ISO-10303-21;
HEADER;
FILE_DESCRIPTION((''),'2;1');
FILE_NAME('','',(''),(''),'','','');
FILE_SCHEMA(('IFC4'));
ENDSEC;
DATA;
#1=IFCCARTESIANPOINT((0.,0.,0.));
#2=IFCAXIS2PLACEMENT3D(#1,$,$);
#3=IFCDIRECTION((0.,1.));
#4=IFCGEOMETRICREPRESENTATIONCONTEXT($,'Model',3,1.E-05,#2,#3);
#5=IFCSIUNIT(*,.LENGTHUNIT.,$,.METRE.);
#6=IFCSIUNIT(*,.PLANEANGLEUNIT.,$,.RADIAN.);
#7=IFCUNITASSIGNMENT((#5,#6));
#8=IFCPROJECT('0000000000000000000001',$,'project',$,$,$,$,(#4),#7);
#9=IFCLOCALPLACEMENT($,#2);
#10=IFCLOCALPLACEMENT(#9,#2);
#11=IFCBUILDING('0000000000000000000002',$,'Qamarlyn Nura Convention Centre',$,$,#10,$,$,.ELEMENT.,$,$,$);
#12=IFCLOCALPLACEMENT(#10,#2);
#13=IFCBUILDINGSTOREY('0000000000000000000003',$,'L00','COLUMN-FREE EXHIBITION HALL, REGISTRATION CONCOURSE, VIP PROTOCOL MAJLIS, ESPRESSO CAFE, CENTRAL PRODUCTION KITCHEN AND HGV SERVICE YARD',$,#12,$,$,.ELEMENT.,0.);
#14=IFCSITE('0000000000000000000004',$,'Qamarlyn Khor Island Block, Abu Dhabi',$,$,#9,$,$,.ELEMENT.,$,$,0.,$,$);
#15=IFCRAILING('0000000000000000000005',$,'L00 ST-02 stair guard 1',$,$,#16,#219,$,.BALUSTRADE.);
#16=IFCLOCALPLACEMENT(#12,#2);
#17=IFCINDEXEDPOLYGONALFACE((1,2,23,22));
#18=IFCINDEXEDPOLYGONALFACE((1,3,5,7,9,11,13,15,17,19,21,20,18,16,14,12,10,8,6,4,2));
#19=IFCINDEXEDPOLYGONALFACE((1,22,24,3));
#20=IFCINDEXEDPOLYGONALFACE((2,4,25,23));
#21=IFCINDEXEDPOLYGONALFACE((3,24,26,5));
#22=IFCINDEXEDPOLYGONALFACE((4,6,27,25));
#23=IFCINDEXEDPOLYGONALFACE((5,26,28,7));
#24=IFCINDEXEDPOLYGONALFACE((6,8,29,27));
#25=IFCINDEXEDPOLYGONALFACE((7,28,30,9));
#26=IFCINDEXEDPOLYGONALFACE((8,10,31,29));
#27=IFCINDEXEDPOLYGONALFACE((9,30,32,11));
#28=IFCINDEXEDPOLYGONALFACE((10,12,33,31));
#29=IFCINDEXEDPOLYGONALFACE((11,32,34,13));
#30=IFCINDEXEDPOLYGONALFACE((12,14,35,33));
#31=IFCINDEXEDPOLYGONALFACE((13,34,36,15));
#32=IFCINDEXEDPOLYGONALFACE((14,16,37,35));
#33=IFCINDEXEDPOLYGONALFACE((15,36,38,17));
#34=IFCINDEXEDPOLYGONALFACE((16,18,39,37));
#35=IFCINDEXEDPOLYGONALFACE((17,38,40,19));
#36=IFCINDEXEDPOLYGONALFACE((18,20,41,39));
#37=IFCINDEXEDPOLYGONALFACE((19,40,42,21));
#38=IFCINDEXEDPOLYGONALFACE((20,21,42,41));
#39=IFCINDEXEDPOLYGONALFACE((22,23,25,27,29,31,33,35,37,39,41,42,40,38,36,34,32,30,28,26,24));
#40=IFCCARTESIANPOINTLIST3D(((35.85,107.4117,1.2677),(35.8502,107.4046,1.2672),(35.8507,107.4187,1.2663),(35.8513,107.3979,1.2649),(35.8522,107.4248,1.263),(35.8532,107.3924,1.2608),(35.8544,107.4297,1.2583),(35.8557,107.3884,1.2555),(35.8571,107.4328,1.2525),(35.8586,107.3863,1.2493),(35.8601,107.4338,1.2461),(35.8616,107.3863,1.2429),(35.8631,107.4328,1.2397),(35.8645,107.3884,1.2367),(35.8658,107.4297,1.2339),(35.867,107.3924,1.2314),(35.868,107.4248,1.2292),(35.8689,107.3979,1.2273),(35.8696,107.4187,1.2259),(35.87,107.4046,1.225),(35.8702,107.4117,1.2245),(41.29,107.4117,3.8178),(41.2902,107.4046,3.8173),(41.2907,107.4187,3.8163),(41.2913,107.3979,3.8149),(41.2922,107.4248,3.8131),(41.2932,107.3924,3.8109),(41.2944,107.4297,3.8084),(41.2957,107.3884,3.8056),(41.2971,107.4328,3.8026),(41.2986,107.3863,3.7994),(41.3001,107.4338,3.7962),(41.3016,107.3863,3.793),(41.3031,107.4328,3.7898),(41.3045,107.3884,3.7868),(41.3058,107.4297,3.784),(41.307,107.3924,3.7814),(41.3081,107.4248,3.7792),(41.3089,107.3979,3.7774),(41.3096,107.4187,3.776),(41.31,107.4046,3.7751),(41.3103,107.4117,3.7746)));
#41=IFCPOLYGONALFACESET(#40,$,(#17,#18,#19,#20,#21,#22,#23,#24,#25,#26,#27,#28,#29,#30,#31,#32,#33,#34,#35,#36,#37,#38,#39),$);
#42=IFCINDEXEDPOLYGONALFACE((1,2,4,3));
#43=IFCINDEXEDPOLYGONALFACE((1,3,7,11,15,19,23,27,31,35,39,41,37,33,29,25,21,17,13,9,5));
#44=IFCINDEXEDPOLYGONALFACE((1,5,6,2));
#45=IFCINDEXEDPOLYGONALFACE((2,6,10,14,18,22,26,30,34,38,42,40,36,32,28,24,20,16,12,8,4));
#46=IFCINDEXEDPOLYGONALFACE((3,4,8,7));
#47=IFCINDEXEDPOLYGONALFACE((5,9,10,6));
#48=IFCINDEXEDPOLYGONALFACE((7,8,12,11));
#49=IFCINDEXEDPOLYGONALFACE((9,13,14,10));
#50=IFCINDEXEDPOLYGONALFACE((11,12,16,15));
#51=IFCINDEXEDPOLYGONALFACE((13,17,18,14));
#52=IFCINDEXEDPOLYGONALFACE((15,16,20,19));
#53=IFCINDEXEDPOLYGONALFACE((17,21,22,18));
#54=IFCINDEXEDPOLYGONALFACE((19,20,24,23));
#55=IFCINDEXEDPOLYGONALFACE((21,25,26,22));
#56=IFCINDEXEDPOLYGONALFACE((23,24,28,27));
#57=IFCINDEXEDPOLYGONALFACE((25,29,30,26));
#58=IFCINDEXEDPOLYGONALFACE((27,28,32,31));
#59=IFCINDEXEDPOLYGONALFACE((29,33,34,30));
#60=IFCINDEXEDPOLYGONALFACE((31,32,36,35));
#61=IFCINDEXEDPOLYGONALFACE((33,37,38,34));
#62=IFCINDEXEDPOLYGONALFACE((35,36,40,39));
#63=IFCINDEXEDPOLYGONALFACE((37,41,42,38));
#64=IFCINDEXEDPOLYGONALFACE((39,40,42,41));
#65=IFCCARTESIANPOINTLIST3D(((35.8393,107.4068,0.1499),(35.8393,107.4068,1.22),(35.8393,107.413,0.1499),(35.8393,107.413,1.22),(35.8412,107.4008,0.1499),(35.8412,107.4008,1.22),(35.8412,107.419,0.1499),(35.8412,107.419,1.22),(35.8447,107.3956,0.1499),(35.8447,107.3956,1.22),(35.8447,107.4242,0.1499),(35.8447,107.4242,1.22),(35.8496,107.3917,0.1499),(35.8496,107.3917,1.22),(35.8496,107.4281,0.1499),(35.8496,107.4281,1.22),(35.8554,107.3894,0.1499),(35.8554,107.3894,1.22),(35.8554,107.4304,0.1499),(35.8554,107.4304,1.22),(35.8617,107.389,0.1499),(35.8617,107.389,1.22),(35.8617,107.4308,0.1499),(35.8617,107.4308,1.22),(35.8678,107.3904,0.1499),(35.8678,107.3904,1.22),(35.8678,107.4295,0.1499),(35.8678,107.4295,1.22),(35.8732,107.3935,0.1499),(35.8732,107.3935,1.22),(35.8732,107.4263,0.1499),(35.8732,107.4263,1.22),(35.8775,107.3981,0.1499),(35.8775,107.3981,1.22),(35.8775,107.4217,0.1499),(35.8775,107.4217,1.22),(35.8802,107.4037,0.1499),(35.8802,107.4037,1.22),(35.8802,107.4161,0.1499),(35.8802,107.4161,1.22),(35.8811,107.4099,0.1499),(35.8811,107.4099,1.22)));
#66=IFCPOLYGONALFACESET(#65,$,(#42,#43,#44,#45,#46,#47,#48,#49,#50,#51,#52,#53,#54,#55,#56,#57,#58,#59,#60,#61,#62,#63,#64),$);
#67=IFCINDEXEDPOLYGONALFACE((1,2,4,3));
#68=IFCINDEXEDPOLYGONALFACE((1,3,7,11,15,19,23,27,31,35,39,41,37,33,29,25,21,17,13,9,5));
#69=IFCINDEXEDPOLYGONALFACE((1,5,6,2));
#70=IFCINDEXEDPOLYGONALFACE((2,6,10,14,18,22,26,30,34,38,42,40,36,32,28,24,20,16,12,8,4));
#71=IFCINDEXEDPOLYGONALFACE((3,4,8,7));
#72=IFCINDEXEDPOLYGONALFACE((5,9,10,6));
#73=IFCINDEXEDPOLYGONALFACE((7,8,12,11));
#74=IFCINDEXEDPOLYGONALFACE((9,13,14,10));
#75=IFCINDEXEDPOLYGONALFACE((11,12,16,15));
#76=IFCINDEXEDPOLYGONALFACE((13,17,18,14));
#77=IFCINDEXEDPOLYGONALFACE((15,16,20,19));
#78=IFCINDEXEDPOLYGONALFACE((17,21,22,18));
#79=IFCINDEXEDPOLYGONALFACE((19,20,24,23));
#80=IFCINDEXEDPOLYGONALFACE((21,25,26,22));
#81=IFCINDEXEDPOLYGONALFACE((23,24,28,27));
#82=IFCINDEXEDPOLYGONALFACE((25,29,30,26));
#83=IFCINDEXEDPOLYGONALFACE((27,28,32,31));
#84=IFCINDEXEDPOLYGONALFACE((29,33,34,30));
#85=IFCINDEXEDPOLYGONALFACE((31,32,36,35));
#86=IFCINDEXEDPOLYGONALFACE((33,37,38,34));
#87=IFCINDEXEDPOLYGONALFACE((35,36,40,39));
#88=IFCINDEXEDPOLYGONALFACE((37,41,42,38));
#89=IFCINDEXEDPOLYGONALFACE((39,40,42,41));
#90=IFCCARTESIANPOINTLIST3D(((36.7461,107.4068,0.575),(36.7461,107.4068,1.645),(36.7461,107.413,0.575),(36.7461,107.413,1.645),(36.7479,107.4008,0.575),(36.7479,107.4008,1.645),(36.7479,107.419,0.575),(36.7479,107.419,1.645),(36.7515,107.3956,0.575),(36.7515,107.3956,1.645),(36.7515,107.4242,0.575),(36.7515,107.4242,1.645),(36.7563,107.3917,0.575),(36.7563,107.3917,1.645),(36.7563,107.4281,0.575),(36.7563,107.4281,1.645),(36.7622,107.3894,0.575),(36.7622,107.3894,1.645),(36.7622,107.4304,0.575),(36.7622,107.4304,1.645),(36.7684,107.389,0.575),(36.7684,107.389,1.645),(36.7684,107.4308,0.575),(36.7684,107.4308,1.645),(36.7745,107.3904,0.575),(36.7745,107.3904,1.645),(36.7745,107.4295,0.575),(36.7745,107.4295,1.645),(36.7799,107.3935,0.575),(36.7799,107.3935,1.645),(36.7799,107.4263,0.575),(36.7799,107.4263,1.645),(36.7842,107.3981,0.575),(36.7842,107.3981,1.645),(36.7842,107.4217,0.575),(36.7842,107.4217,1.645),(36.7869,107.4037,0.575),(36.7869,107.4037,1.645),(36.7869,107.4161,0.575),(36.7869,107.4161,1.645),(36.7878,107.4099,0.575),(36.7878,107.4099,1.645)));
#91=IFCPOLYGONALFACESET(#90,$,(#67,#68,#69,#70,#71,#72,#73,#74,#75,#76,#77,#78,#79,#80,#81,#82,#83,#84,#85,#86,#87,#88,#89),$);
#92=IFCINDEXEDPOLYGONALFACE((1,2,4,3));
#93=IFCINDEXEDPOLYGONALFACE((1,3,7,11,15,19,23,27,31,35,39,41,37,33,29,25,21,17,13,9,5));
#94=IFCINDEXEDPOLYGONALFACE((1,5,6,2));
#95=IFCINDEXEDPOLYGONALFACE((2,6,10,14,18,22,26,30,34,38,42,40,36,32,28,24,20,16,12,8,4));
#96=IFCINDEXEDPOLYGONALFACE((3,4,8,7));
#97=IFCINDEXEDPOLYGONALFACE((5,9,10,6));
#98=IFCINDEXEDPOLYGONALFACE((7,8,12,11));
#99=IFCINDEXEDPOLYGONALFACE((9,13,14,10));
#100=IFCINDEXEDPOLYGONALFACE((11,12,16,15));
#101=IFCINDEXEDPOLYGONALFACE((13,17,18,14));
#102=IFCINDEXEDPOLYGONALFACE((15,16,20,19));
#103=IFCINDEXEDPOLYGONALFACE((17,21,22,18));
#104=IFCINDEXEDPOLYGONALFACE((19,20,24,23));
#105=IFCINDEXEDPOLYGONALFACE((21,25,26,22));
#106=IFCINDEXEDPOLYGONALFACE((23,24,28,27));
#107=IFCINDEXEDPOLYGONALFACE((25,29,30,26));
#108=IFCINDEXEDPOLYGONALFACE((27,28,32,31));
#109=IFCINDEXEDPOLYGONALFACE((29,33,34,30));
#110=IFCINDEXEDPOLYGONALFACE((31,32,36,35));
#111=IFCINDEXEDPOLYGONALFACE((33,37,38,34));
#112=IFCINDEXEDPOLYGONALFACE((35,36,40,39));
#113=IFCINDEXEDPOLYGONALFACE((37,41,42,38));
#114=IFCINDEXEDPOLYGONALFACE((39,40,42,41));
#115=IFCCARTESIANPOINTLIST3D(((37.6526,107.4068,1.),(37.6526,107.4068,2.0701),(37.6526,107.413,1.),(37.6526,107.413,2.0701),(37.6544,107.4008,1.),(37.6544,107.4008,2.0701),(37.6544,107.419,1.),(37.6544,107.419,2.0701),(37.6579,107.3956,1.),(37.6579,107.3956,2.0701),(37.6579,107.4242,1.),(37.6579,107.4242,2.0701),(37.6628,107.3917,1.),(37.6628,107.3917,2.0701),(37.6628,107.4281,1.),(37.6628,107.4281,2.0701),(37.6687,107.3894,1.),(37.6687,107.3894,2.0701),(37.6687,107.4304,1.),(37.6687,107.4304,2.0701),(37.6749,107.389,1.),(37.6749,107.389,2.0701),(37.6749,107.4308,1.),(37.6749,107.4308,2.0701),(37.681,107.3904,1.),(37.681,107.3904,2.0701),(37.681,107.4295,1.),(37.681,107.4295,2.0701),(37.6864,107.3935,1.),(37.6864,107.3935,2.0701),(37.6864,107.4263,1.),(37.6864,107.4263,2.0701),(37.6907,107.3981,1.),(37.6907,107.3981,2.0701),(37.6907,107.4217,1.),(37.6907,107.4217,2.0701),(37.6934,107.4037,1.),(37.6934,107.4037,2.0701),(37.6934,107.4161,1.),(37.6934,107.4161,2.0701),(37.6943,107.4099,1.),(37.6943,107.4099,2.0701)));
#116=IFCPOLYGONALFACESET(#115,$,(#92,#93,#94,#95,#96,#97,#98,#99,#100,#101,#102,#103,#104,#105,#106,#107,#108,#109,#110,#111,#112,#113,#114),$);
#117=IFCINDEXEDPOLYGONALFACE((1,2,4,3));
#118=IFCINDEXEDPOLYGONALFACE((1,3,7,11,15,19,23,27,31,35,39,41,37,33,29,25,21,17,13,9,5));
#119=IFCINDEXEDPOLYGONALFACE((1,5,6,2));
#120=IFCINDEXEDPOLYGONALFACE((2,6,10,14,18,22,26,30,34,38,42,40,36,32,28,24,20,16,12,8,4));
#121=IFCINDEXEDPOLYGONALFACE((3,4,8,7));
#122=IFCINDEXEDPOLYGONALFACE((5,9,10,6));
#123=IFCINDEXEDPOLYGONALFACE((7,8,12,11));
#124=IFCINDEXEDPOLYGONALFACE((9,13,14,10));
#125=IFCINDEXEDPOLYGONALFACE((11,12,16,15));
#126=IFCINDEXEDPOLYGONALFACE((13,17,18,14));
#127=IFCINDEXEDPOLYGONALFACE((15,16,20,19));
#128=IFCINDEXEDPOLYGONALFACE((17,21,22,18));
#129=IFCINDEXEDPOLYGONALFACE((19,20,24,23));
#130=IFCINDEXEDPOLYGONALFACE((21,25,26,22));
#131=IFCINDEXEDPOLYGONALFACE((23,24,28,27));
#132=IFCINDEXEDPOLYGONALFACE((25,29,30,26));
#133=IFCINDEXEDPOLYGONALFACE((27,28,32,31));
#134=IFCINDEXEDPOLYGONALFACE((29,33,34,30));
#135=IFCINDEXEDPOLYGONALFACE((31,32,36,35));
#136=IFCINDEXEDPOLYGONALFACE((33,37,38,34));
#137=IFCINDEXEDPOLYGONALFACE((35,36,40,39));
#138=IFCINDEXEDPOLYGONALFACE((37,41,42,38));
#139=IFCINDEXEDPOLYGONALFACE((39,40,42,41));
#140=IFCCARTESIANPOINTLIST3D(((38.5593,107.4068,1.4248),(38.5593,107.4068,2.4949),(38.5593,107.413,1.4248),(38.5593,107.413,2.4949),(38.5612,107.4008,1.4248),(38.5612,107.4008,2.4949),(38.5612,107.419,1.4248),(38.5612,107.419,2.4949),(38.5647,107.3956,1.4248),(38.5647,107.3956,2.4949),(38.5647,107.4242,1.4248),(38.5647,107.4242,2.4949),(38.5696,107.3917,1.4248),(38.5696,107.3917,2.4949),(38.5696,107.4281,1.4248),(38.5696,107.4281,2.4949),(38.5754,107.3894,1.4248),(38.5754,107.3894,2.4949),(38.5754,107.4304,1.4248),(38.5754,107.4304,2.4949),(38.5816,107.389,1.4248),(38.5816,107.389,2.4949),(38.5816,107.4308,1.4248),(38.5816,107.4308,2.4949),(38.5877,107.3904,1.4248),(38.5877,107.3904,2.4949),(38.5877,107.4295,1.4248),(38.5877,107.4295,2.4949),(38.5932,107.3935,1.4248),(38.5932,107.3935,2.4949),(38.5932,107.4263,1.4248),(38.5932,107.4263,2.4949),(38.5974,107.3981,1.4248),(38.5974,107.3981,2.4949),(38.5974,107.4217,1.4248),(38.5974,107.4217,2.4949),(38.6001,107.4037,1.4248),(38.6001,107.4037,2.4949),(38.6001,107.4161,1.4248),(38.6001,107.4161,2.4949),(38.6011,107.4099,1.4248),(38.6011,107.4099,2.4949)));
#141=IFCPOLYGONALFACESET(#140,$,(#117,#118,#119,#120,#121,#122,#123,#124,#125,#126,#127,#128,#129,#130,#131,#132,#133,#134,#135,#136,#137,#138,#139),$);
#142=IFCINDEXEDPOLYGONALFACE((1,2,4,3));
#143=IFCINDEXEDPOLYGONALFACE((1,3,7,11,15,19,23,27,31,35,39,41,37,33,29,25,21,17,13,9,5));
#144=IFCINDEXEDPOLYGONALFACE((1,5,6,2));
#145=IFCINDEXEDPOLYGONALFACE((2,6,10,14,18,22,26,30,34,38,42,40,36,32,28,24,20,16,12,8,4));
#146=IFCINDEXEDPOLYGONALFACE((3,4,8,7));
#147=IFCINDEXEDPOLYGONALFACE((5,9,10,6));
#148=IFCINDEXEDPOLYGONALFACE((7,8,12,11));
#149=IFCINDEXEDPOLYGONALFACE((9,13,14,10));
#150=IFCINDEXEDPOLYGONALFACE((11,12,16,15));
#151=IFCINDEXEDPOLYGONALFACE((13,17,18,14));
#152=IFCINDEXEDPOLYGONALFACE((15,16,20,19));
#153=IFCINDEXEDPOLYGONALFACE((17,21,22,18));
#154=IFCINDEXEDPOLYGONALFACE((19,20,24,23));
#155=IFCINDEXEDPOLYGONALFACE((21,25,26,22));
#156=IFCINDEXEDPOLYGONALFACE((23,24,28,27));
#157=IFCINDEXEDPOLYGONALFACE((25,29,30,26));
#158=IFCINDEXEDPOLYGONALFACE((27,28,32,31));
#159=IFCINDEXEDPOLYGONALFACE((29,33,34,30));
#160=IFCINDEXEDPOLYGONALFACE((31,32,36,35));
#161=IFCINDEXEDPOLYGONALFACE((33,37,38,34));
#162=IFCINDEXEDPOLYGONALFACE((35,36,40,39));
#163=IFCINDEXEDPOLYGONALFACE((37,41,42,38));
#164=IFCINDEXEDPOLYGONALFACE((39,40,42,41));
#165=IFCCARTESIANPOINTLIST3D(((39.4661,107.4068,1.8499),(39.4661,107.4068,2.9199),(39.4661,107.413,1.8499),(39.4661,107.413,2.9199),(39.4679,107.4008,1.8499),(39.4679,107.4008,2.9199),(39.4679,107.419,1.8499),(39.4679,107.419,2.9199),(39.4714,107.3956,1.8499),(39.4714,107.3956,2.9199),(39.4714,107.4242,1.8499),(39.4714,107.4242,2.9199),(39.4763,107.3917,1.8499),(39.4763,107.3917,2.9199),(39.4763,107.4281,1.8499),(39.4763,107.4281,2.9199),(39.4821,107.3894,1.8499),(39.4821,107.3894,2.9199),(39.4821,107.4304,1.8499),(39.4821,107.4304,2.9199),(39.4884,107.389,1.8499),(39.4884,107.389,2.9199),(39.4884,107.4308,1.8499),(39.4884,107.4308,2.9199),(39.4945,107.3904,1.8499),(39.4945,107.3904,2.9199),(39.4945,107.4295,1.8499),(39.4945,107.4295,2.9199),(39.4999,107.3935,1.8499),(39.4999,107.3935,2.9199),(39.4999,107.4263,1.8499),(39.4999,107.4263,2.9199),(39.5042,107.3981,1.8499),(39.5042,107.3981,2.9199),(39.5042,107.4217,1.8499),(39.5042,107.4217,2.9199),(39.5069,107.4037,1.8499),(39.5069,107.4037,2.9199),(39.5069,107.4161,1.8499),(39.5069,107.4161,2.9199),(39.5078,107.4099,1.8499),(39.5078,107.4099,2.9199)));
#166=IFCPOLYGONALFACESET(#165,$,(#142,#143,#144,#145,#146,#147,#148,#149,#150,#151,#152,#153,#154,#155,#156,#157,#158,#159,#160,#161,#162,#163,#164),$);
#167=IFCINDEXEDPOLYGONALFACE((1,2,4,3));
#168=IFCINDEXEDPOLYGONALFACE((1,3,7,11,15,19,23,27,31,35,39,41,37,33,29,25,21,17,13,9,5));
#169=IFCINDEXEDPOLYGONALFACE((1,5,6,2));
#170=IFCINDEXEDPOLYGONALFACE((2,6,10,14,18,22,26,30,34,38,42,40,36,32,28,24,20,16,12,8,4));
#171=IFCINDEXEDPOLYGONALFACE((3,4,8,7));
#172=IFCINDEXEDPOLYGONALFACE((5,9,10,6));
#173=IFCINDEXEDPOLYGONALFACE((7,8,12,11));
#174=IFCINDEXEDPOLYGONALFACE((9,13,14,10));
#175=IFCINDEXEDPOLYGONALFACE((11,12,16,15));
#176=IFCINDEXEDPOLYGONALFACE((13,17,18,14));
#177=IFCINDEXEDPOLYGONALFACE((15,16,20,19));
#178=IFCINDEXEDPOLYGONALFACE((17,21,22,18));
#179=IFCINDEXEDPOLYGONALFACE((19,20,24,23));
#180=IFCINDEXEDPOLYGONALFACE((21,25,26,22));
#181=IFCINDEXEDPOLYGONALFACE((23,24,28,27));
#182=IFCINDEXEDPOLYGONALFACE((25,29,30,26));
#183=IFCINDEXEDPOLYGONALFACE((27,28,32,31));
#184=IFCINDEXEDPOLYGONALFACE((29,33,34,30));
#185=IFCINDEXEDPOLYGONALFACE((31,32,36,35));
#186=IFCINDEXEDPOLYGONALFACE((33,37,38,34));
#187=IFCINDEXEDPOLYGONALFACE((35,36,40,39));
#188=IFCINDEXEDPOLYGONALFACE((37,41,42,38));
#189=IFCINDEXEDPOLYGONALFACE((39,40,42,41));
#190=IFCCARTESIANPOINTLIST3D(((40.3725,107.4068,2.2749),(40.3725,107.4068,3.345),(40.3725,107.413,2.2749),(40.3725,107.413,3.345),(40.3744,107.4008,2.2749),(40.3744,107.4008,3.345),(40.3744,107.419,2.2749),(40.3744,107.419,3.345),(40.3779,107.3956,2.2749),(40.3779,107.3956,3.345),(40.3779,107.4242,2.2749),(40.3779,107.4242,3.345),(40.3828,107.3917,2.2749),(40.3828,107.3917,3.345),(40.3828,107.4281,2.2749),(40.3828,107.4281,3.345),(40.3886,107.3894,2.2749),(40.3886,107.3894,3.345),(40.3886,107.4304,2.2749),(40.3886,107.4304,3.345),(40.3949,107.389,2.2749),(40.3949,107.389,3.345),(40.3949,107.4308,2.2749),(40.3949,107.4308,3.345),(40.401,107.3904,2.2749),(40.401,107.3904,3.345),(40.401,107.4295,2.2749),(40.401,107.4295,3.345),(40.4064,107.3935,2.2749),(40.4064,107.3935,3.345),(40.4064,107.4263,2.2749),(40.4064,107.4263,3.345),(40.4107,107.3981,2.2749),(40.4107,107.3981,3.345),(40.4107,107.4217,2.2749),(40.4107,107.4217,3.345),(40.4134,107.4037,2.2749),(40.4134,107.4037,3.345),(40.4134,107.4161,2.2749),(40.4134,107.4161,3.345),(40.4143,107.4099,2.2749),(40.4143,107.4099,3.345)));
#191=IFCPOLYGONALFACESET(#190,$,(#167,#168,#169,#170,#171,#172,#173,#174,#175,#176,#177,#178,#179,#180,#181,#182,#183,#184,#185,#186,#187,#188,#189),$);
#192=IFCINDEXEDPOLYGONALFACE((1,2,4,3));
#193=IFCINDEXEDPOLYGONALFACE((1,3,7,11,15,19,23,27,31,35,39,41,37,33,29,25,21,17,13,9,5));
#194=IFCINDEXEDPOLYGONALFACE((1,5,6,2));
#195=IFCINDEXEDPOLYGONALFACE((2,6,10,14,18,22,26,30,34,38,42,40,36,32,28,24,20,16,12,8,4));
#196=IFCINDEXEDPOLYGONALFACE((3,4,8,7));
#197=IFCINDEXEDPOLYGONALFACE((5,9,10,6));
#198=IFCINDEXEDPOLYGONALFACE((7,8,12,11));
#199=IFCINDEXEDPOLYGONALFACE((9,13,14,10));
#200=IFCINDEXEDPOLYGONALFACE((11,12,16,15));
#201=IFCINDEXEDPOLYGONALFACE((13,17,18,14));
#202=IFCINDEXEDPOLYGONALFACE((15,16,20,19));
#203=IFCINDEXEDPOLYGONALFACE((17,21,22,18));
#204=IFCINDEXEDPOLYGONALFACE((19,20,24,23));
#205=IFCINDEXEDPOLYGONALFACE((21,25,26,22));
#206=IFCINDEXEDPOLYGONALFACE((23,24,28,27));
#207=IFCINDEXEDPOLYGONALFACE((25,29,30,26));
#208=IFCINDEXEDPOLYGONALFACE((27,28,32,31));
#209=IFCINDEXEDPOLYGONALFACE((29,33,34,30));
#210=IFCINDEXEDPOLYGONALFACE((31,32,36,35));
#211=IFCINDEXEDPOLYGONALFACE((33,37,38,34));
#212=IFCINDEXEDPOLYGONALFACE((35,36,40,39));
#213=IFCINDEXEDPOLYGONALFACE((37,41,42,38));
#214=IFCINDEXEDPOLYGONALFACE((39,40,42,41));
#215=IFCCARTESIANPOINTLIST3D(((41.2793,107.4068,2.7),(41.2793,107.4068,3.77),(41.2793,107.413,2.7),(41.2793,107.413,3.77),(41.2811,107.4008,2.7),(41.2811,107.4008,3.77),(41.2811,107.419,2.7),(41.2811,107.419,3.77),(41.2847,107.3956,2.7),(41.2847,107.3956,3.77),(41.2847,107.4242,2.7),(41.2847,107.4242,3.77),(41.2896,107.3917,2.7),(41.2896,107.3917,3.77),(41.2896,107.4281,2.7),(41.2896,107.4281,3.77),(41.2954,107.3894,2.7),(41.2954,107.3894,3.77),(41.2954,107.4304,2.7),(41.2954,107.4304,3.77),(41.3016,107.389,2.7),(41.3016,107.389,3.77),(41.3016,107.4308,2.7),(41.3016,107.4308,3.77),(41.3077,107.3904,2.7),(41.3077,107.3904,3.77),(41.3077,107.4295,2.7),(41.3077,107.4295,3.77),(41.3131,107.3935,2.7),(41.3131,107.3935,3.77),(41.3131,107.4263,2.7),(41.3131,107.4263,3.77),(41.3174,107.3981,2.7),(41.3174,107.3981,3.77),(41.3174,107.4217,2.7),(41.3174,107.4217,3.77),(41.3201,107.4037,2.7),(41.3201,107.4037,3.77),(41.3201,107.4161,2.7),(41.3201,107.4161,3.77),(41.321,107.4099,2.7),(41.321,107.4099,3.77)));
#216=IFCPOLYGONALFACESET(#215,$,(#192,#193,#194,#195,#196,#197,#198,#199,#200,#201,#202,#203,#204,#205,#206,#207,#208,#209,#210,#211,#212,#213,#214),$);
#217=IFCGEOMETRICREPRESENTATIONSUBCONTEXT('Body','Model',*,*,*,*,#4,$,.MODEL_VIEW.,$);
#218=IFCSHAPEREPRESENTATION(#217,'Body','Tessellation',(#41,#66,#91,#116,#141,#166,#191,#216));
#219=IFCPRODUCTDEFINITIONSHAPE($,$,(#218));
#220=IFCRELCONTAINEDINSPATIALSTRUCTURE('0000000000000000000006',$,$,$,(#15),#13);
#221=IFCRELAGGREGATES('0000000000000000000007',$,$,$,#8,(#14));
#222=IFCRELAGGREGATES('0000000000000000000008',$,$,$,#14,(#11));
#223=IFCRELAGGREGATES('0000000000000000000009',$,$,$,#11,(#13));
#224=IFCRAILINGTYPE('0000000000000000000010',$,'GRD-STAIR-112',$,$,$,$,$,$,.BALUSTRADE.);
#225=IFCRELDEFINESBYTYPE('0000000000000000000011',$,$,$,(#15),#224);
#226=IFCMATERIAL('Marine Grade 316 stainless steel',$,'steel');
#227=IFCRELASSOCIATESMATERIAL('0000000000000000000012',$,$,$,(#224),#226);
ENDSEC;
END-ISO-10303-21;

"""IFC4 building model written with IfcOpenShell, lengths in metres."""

from ifc_helpers import new_model, si_unit, direction, frame, origin, origin_2d, place, context, subcontext, project, spatial, circle, extrude, material, type_object, element, save


model = new_model("IFC4")

# Units and contexts
model_context = context("Model", 3, precision=1e-05, world=origin(), true_north=direction((0.0, 1.0)))
body_context = subcontext(model_context, "Body", "Model", "MODEL_VIEW")
ifc_project = project(units=[si_unit("LENGTHUNIT", "METRE"), si_unit("PLANEANGLEUNIT", "RADIAN")], contexts=[model_context])

# Site, building, storey
site_placement = place(None, origin())
site = spatial("IfcSite", under=ifc_project, at=site_placement, Name="Qamarlyn Khor Island Block, Abu Dhabi", CompositionType="ELEMENT", RefElevation=0.0)
building_placement = place(site_placement, origin())
building = spatial("IfcBuilding", under=site, at=building_placement, Name="Qamarlyn Nura Convention Centre", CompositionType="ELEMENT")
storey_placement = place(building_placement, origin())
storey = spatial("IfcBuildingStorey", under=building, at=storey_placement, Name="L00", Description="COLUMN-FREE EXHIBITION HALL, REGISTRATION CONCOURSE, VIP PROTOCOL MAJLIS, ESPRESSO CAFE, CENTRAL PRODUCTION KITCHEN AND HGV SERVICE YARD", CompositionType="ELEMENT", Elevation=0.0)

# Railing
ifc_material_1 = material(Name="Marine Grade 316 stainless steel", Category="steel")
railing_type_1 = type_object("IfcRailingType", Name="GRD-STAIR-112", PredefinedType="BALUSTRADE", material=ifc_material_1)
railing_1_placement = place(storey_placement, frame((35.8601, 107.4099, 0.1499)))
element("IfcRailing", 1, at=railing_1_placement, inside=storey, type_object=railing_type_1, Name="L00 ST-02 stair guard 1", PredefinedType="BALUSTRADE", context=body_context, shape_type="SweptSolid", body=[
    extrude(circle(Radius=0.0239, at=origin_2d()), frame((0.0, 0.0, 1.0962), z_axis=(0.905454, 0.0, 0.424444), x_axis=(0.0, 1.0, 0.0)), (0.0, 0.0, 1.0), 6.0081),
    extrude(circle(Radius=0.021, at=origin_2d()), origin(), (0.0, 0.0, 1.0), 1.0701),
    extrude(circle(Radius=0.021, at=origin_2d()), frame((0.9067, 0.0, 0.425)), (0.0, 0.0, 1.0), 1.0701),
    extrude(circle(Radius=0.021, at=origin_2d()), frame((1.8132, 0.0, 0.8501)), (0.0, 0.0, 1.0), 1.0701),
    extrude(circle(Radius=0.021, at=origin_2d()), frame((2.72, 0.0, 1.2749)), (0.0, 0.0, 1.0), 1.0701),
    extrude(circle(Radius=0.021, at=origin_2d()), frame((3.6267, 0.0, 1.7)), (0.0, 0.0, 1.0), 1.0701),
    extrude(circle(Radius=0.021, at=origin_2d()), frame((4.5332, 0.0, 2.125)), (0.0, 0.0, 1.0), 1.0701),
    extrude(circle(Radius=0.021, at=origin_2d()), frame((5.4399, 0.0, 2.55)), (0.0, 0.0, 1.0), 1.0701),
])

save(model, "model.ifc")
